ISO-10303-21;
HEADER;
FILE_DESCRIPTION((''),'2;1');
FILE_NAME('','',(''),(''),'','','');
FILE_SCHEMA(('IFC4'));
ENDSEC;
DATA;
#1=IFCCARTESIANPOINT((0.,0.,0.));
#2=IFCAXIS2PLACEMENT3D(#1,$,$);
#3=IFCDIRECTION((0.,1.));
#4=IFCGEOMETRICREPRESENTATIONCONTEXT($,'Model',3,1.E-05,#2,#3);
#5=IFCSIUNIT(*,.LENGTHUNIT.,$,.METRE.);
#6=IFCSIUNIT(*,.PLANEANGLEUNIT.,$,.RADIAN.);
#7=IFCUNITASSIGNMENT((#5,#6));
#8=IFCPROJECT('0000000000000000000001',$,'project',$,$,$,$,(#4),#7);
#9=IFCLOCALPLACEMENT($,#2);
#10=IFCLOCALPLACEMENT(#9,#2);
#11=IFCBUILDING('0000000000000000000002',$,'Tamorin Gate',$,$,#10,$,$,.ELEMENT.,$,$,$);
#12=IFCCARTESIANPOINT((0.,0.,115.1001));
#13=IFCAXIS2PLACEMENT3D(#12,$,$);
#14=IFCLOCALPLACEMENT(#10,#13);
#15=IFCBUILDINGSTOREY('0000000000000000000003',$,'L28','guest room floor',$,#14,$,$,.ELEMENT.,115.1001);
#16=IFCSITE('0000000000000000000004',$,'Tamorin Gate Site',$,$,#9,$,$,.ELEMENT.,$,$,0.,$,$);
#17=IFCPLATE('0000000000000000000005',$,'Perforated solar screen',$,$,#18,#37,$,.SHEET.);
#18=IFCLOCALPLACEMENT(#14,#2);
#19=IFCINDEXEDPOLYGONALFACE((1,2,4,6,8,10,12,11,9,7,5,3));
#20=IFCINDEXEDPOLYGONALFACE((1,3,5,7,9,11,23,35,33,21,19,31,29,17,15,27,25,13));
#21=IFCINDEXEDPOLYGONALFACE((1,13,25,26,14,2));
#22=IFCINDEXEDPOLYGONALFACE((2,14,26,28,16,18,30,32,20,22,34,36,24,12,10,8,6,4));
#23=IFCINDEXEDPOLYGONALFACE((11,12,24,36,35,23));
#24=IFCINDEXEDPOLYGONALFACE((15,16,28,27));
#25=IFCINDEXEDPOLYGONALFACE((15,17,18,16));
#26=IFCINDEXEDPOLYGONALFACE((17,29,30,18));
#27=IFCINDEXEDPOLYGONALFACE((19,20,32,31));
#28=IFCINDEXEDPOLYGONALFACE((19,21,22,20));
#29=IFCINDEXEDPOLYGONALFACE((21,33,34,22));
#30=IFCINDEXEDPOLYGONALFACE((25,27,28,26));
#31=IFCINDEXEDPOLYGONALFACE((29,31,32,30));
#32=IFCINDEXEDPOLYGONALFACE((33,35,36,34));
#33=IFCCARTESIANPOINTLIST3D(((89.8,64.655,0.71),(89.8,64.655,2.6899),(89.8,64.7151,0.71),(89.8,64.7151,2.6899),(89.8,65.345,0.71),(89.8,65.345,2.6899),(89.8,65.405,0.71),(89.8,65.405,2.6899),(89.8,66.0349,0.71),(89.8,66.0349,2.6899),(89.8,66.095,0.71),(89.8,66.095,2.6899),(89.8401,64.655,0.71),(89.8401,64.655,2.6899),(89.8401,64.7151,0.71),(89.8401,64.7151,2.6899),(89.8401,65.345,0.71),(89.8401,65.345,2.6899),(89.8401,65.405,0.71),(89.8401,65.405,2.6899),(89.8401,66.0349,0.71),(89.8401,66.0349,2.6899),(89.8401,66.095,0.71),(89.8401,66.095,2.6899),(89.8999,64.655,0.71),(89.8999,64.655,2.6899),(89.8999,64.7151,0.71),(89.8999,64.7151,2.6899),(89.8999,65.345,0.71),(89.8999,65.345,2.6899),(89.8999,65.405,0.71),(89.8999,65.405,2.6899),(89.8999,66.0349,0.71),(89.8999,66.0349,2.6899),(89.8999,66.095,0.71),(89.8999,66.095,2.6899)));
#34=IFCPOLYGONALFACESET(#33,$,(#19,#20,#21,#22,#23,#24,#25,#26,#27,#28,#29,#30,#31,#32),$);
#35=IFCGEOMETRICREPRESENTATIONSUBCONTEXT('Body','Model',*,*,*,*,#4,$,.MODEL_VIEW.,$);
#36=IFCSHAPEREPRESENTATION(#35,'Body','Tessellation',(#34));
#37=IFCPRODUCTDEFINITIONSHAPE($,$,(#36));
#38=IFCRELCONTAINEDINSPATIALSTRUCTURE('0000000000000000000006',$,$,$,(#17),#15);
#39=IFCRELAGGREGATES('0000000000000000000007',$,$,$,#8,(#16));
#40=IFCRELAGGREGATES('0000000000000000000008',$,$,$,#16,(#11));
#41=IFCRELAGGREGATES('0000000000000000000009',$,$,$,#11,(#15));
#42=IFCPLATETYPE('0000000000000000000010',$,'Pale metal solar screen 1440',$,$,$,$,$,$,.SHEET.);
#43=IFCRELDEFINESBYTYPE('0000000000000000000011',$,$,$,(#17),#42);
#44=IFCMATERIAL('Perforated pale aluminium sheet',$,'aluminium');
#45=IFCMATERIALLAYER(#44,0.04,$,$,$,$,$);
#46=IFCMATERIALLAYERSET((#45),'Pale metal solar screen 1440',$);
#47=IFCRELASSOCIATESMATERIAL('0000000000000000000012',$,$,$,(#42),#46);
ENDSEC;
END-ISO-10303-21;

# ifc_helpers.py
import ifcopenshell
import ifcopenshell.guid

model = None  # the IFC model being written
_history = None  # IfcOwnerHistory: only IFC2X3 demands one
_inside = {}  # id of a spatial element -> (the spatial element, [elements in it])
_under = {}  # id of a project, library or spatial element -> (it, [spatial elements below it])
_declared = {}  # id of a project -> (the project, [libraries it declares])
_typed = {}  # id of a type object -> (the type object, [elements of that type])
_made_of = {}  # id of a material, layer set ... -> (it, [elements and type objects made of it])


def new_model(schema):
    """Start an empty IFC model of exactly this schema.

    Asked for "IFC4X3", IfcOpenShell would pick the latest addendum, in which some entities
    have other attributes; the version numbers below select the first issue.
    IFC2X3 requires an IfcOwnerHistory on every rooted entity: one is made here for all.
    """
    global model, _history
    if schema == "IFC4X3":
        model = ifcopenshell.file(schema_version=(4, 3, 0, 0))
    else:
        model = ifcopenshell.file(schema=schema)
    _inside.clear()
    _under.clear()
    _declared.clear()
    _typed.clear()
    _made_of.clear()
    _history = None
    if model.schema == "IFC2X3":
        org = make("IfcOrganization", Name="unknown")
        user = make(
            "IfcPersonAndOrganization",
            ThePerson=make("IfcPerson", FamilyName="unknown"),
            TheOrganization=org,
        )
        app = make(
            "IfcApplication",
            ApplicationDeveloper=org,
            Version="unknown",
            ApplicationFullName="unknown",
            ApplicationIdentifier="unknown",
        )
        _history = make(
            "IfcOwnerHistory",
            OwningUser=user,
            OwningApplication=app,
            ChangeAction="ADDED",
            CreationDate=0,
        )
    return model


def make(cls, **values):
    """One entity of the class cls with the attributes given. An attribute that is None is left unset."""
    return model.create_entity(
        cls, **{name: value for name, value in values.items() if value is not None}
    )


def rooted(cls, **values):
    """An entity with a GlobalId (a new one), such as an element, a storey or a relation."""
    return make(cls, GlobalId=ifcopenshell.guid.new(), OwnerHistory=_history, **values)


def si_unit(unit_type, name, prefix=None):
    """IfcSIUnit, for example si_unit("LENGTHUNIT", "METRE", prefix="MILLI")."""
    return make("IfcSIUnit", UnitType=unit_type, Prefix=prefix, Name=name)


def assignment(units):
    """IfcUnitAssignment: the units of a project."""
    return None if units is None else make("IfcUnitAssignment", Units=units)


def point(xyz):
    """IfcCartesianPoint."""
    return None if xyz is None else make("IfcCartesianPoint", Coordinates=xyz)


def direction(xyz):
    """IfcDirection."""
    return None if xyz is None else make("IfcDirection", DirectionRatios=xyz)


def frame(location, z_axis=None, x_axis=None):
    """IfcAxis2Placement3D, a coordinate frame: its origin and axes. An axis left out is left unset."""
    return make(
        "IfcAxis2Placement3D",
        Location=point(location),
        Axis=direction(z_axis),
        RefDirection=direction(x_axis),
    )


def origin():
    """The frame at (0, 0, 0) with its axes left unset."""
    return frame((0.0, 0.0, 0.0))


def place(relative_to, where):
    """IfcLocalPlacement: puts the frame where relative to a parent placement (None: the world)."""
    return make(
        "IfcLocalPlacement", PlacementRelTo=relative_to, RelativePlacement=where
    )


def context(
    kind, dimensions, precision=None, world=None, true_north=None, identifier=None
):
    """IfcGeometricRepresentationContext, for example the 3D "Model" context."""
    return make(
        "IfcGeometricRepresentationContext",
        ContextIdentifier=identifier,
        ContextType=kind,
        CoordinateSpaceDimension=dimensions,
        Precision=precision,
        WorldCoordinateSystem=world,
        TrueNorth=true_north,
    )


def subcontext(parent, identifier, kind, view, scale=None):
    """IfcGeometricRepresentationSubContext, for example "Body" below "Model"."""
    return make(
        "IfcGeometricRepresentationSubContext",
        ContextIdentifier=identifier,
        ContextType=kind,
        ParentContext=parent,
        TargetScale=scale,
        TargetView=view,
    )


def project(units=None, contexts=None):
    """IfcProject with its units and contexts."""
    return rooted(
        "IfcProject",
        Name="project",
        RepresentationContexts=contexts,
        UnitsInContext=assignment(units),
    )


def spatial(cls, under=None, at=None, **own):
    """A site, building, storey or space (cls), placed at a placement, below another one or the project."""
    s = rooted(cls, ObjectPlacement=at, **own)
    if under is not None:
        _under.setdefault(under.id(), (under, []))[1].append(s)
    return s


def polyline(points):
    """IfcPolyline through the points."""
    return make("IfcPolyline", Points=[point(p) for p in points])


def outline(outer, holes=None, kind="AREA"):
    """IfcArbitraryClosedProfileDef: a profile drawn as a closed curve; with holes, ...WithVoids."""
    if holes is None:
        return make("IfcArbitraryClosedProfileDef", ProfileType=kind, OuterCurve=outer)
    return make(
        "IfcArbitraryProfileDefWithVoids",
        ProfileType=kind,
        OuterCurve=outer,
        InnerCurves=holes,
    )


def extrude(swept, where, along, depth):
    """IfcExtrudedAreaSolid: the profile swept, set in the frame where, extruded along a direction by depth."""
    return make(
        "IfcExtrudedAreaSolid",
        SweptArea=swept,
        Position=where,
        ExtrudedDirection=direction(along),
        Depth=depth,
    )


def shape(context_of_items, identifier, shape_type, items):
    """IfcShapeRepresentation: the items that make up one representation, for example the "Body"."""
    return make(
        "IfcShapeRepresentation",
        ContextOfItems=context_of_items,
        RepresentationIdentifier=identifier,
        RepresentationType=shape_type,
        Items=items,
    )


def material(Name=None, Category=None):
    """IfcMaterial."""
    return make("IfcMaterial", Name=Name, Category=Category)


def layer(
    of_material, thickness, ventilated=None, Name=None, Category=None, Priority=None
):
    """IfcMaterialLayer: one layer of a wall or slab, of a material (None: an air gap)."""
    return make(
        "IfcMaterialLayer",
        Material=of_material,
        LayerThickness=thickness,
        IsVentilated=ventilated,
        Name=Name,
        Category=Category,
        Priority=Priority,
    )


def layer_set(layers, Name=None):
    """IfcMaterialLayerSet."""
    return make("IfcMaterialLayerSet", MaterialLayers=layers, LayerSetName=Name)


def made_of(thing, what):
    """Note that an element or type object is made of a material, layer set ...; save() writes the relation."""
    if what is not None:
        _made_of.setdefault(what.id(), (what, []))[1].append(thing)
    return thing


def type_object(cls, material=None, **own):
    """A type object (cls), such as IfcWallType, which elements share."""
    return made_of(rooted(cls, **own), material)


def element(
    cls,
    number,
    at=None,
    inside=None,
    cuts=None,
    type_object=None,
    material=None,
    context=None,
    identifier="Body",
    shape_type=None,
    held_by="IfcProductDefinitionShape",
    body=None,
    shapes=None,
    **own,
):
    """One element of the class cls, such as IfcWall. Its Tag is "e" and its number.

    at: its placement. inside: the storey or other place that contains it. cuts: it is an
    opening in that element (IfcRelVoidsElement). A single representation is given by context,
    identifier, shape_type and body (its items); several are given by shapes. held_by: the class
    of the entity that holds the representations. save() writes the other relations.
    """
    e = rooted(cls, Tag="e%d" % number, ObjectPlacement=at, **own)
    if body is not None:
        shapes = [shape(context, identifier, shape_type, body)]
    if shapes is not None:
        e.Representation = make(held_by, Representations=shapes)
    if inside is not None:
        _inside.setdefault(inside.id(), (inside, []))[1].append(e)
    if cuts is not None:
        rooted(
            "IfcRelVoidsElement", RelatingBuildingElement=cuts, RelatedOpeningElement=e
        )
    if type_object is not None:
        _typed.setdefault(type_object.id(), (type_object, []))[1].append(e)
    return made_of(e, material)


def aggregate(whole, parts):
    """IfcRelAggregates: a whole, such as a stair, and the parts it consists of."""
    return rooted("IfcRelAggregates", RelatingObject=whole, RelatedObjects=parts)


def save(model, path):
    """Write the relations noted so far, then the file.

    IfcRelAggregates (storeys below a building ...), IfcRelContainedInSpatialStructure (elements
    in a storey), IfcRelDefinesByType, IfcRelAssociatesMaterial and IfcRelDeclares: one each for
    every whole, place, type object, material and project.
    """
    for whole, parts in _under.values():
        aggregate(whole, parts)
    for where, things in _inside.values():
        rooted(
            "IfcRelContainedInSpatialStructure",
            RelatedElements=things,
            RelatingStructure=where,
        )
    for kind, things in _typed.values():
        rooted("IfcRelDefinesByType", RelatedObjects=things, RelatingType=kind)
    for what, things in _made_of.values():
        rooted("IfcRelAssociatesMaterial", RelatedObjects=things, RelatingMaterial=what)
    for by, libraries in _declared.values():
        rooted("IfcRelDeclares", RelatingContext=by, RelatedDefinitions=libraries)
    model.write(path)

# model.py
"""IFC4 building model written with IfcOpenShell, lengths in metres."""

from ifc_helpers import new_model, si_unit, direction, frame, origin, place, context, subcontext, project, spatial, polyline, outline, extrude, material, layer, layer_set, type_object, element, save


model = new_model("IFC4")

# Units and contexts
model_context = context("Model", 3, precision=1e-05, world=origin(), true_north=direction((0.0, 1.0)))
body_context = subcontext(model_context, "Body", "Model", "MODEL_VIEW")
ifc_project = project(units=[si_unit("LENGTHUNIT", "METRE"), si_unit("PLANEANGLEUNIT", "RADIAN")], contexts=[model_context])

# Site, building, storey
site_placement = place(None, origin())
site = spatial("IfcSite", under=ifc_project, at=site_placement, Name="Tamorin Gate Site", CompositionType="ELEMENT", RefElevation=0.0)
building_placement = place(site_placement, origin())
building = spatial("IfcBuilding", under=site, at=building_placement, Name="Tamorin Gate", CompositionType="ELEMENT")
storey_placement = place(building_placement, frame((0.0, 0.0, 115.1001)))
storey = spatial("IfcBuildingStorey", under=building, at=storey_placement, Name="L28", Description="guest room floor", CompositionType="ELEMENT", Elevation=115.1001)

# Plate
ifc_material_1 = material(Name="Perforated pale aluminium sheet", Category="aluminium")
ifc_layer_1 = layer(ifc_material_1, 0.04)
ifc_layer_set_1 = layer_set([ifc_layer_1], Name="Pale metal solar screen 1440")
plate_type = type_object("IfcPlateType", Name="Pale metal solar screen 1440", PredefinedType="SHEET", material=ifc_layer_set_1)
plate_1_placement = place(storey_placement, frame((0.0, 0.0, 0.71)))
element("IfcPlate", 1, at=plate_1_placement, inside=storey, type_object=plate_type, Name="Perforated solar screen", PredefinedType="SHEET", context=body_context, shape_type="SweptSolid", body=[
    extrude(outline(polyline([(89.8401, 64.655), (89.8, 64.655), (89.8, 64.7151), (89.8, 65.345), (89.8, 65.405), (89.8, 66.0349), (89.8, 66.095), (89.8401, 66.095), (89.8999, 66.095), (89.8999, 66.0349), (89.8401, 66.0349), (89.8401, 65.405), (89.8999, 65.405), (89.8999, 65.345), (89.8401, 65.345), (89.8401, 64.7151), (89.8999, 64.7151), (89.8999, 64.655), (89.8401, 64.655)])), origin(), (0.0, 0.0, 1.0), 1.98),
])

save(model, "model.ifc")
